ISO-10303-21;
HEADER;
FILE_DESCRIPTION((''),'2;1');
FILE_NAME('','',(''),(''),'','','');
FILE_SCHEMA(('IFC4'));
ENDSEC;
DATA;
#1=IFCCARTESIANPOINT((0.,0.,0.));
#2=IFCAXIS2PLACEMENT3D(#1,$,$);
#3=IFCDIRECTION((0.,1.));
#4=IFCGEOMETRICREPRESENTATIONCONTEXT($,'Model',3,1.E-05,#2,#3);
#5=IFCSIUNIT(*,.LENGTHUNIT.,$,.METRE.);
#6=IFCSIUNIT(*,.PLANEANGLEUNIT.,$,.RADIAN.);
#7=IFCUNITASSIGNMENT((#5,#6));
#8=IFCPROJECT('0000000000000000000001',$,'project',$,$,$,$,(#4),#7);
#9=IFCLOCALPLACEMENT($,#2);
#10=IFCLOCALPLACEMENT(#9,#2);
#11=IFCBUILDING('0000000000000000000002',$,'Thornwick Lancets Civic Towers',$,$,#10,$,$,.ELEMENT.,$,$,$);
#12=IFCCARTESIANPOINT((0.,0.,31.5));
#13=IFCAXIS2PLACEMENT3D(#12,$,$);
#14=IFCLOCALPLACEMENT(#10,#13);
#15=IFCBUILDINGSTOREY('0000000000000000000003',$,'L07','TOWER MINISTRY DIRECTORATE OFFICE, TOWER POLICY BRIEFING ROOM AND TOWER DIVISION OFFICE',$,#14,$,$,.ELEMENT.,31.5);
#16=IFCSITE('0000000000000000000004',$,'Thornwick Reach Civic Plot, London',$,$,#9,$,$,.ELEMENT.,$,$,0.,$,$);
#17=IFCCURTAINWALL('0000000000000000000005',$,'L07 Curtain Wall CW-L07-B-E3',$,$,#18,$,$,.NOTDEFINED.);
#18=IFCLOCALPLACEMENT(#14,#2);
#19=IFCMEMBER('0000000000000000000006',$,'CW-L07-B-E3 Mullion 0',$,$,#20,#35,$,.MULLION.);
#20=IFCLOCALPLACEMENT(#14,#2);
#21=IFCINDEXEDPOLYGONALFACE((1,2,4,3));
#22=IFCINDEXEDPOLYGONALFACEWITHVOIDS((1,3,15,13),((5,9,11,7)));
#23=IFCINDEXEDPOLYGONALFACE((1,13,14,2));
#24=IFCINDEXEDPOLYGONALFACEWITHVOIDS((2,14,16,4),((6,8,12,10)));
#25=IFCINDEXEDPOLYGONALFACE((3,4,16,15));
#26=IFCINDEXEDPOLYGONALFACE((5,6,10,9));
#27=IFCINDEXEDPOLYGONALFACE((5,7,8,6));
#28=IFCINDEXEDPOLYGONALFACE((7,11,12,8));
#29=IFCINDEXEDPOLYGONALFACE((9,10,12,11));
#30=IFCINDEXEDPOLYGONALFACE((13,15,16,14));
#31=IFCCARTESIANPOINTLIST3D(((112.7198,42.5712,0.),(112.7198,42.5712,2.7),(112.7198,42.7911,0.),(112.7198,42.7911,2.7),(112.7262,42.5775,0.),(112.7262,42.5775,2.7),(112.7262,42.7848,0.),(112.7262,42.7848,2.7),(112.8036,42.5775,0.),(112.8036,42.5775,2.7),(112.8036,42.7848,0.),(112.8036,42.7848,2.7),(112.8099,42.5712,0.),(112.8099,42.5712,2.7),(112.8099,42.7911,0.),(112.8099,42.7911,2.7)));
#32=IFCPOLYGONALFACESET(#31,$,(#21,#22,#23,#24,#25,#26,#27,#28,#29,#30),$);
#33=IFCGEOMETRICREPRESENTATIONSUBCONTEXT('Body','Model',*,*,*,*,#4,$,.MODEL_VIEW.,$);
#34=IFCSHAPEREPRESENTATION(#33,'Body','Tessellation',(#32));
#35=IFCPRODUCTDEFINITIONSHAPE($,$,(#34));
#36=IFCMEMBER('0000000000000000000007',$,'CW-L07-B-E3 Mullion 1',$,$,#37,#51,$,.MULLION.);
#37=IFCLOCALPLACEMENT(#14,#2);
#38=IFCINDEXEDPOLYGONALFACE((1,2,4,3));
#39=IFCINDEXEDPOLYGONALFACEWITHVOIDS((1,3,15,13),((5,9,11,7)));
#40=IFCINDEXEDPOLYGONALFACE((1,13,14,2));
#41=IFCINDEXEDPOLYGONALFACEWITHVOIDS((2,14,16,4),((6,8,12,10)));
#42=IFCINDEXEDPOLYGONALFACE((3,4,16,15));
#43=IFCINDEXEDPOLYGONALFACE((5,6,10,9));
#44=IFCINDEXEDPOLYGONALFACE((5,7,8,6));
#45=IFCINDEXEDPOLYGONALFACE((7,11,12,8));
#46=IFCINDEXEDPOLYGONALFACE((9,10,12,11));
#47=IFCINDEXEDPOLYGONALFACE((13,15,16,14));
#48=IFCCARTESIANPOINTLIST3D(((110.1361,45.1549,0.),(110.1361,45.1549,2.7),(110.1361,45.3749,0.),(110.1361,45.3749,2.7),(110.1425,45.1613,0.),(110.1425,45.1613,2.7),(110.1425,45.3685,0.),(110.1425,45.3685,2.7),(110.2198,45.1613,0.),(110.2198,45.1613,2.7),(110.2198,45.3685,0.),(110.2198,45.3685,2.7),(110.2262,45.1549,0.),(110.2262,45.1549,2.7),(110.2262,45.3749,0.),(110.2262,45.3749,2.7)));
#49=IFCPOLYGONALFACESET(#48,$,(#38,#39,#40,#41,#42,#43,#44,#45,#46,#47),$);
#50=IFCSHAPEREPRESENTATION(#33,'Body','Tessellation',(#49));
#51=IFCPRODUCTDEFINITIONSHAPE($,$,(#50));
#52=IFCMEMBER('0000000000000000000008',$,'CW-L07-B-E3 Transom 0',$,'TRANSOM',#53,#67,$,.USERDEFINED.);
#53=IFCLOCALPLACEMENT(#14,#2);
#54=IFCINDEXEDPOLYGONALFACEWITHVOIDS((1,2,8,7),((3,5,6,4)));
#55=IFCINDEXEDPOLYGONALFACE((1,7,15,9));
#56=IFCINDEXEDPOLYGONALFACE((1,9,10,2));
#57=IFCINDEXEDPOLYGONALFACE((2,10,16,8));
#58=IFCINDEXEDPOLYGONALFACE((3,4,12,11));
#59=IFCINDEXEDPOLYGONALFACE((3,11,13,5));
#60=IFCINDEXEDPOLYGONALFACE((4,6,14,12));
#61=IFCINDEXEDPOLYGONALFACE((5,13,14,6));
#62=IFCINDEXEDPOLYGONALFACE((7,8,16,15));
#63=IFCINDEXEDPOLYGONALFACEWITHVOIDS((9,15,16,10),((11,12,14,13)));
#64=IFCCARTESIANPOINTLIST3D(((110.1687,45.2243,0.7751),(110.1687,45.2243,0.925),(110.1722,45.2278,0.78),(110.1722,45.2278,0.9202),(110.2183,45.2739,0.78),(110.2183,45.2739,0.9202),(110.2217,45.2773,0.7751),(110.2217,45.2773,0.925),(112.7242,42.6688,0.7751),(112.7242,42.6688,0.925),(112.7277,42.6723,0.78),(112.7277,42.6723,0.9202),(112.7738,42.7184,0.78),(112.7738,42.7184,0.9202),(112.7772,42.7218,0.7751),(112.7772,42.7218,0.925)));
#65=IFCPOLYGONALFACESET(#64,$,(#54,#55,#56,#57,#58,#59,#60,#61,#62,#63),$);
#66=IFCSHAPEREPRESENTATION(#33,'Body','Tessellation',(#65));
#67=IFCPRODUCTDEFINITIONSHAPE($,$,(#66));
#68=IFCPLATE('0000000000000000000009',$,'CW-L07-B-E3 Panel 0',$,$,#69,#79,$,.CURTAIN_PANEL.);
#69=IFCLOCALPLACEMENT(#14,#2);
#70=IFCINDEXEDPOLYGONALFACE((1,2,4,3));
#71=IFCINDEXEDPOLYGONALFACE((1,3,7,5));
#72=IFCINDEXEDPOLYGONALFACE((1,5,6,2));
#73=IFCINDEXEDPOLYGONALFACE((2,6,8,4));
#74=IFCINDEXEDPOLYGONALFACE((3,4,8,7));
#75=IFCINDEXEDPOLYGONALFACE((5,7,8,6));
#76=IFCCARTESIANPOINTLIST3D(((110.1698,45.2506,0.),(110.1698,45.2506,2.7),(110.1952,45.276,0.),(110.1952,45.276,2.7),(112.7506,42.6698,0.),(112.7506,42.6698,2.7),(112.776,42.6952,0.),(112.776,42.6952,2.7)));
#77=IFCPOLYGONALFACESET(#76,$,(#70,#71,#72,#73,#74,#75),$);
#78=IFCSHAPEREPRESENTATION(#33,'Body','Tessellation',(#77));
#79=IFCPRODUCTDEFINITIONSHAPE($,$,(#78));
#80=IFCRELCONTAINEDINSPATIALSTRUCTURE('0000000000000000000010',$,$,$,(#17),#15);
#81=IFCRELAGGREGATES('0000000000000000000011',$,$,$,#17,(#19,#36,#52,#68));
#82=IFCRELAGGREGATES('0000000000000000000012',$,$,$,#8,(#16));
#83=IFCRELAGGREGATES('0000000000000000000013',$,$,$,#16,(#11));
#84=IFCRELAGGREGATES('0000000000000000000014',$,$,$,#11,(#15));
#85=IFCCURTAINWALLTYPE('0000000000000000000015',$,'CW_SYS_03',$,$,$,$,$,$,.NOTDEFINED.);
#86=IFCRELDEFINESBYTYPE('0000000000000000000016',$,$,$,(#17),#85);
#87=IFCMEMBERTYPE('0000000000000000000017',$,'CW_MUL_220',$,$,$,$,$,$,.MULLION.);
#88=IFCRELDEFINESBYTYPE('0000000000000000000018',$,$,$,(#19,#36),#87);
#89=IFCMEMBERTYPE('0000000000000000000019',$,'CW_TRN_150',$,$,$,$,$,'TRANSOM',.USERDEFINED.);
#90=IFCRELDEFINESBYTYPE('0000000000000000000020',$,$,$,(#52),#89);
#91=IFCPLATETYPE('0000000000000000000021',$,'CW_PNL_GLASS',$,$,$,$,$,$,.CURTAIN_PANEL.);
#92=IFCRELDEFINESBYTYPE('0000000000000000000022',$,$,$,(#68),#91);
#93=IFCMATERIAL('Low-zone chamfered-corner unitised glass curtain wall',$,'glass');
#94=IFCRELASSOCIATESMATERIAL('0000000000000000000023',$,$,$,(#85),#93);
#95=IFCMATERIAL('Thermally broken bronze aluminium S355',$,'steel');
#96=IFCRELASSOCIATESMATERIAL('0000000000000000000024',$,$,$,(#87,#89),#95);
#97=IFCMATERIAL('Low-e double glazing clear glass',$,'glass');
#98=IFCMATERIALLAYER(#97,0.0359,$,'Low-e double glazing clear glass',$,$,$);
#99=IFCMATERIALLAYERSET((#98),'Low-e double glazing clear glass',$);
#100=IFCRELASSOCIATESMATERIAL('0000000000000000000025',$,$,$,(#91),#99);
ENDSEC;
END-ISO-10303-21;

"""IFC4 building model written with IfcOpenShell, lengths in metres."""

from ifc_helpers import new_model, si_unit, direction, frame, origin, origin_2d, place, context, subcontext, project, spatial, rectangle, hollow_rectangle, extrude, material, layer, layer_set, material_profile, profile_set, type_object, element, aggregate, save


model = new_model("IFC4")

# Units and contexts
model_context = context("Model", 3, precision=1e-05, world=origin(), true_north=direction((0.0, 1.0)))
body_context = subcontext(model_context, "Body", "Model", "MODEL_VIEW")
ifc_project = project(units=[si_unit("LENGTHUNIT", "METRE"), si_unit("PLANEANGLEUNIT", "RADIAN")], contexts=[model_context])

# Site, building, storey
site_placement = place(None, origin())
site = spatial("IfcSite", under=ifc_project, at=site_placement, Name="Thornwick Reach Civic Plot, London", CompositionType="ELEMENT", RefElevation=0.0)
building_placement = place(site_placement, origin())
building = spatial("IfcBuilding", under=site, at=building_placement, Name="Thornwick Lancets Civic Towers", CompositionType="ELEMENT")
storey_placement = place(building_placement, frame((0.0, 0.0, 31.5)))
storey = spatial("IfcBuildingStorey", under=building, at=storey_placement, Name="L07", Description="TOWER MINISTRY DIRECTORATE OFFICE, TOWER POLICY BRIEFING ROOM AND TOWER DIVISION OFFICE", CompositionType="ELEMENT", Elevation=31.5)

# Curtain wall, members, plate
ifc_material_1 = material(Name="Low-zone chamfered-corner unitised glass curtain wall", Category="glass")
curtain_wall_type = type_object("IfcCurtainWallType", Name="CW_SYS_03", PredefinedType="NOTDEFINED", material=ifc_material_1)
curtain_wall_placement = place(storey_placement, origin())
curtain_wall = element("IfcCurtainWall", 1, at=curtain_wall_placement, inside=storey, type_object=curtain_wall_type, Name="L07 Curtain Wall CW-L07-B-E3", PredefinedType="NOTDEFINED")
ifc_material_2 = material(Name="Thermally broken bronze aluminium S355", Category="steel")
ifc_material_profile_1 = material_profile(ifc_material_2, hollow_rectangle(XDim=0.0901, YDim=0.22, WallThickness=0.0063, at=origin_2d()), Name="RHS 220x90x6.3")
ifc_profile_set_1 = profile_set([ifc_material_profile_1], Name="Thermally broken bronze aluminium S355")
member_type_1 = type_object("IfcMemberType", Name="CW_MUL_220", PredefinedType="MULLION", material=ifc_profile_set_1)
member_1_placement = place(storey_placement, frame((112.7649, 42.6812, 0.0), z_axis=(0.0, 0.0, 1.0), x_axis=(1.0, 0.0, 0.0)))
member_1 = element("IfcMember", 2, at=member_1_placement, type_object=member_type_1, Name="CW-L07-B-E3 Mullion 0", PredefinedType="MULLION", context=body_context, shape_type="SweptSolid", body=[
    extrude(hollow_rectangle(XDim=0.0901, YDim=0.22, WallThickness=0.0063, at=origin_2d()), origin(), (0.0, 0.0, 1.0), 2.7),
])
member_2_placement = place(storey_placement, frame((110.1812, 45.2649, 0.0), z_axis=(0.0, 0.0, 1.0), x_axis=(1.0, 0.0, 0.0)))
member_2 = element("IfcMember", 3, at=member_2_placement, type_object=member_type_1, Name="CW-L07-B-E3 Mullion 1", PredefinedType="MULLION", context=body_context, shape_type="SweptSolid", body=[
    extrude(hollow_rectangle(XDim=0.0901, YDim=0.22, WallThickness=0.0063, at=origin_2d()), origin(), (0.0, 0.0, 1.0), 2.7),
])
ifc_material_profile_2 = material_profile(ifc_material_2, hollow_rectangle(XDim=0.075, YDim=0.1499, WallThickness=0.0049, at=origin_2d()), Name="RHS 150x75x5")
ifc_profile_set_2 = profile_set([ifc_material_profile_2], Name="Thermally broken bronze aluminium S355")
member_type_2 = type_object("IfcMemberType", Name="CW_TRN_150", ElementType="TRANSOM", PredefinedType="USERDEFINED", material=ifc_profile_set_2)
member_3_placement = place(storey_placement, frame((112.7507, 42.6953, 0.8501), z_axis=(-0.707107, 0.707107, 0.0), x_axis=(-0.707107, -0.707107, 0.0)))
member_3 = element("IfcMember", 4, at=member_3_placement, type_object=member_type_2, Name="CW-L07-B-E3 Transom 0", ObjectType="TRANSOM", PredefinedType="USERDEFINED", context=body_context, shape_type="SweptSolid", body=[
    extrude(hollow_rectangle(XDim=0.075, YDim=0.1499, WallThickness=0.0049, at=origin_2d()), origin(), (0.0, 0.0, 1.0), 3.614),
])
ifc_material_3 = material(Name="Low-e double glazing clear glass", Category="glass")
ifc_layer_1 = layer(ifc_material_3, 0.0359, Name="Low-e double glazing clear glass")
ifc_layer_set_1 = layer_set([ifc_layer_1], Name="Low-e double glazing clear glass")
plate_type = type_object("IfcPlateType", Name="CW_PNL_GLASS", PredefinedType="CURTAIN_PANEL", material=ifc_layer_set_1)
plate_placement = place(storey_placement, frame((111.4729, 43.9729, 0.0), z_axis=(0.0, 0.0, 1.0), x_axis=(-0.707107, 0.707107, 0.0)))
plate = element("IfcPlate", 5, at=plate_placement, type_object=plate_type, Name="CW-L07-B-E3 Panel 0", PredefinedType="CURTAIN_PANEL", context=body_context, shape_type="SweptSolid", body=[
    extrude(rectangle(XDim=3.6499, YDim=0.0359, at=origin_2d()), origin(), (0.0, 0.0, 1.0), 2.7),
])
aggregate(curtain_wall, [member_1, member_2, member_3, plate])

save(model, "model.ifc")
